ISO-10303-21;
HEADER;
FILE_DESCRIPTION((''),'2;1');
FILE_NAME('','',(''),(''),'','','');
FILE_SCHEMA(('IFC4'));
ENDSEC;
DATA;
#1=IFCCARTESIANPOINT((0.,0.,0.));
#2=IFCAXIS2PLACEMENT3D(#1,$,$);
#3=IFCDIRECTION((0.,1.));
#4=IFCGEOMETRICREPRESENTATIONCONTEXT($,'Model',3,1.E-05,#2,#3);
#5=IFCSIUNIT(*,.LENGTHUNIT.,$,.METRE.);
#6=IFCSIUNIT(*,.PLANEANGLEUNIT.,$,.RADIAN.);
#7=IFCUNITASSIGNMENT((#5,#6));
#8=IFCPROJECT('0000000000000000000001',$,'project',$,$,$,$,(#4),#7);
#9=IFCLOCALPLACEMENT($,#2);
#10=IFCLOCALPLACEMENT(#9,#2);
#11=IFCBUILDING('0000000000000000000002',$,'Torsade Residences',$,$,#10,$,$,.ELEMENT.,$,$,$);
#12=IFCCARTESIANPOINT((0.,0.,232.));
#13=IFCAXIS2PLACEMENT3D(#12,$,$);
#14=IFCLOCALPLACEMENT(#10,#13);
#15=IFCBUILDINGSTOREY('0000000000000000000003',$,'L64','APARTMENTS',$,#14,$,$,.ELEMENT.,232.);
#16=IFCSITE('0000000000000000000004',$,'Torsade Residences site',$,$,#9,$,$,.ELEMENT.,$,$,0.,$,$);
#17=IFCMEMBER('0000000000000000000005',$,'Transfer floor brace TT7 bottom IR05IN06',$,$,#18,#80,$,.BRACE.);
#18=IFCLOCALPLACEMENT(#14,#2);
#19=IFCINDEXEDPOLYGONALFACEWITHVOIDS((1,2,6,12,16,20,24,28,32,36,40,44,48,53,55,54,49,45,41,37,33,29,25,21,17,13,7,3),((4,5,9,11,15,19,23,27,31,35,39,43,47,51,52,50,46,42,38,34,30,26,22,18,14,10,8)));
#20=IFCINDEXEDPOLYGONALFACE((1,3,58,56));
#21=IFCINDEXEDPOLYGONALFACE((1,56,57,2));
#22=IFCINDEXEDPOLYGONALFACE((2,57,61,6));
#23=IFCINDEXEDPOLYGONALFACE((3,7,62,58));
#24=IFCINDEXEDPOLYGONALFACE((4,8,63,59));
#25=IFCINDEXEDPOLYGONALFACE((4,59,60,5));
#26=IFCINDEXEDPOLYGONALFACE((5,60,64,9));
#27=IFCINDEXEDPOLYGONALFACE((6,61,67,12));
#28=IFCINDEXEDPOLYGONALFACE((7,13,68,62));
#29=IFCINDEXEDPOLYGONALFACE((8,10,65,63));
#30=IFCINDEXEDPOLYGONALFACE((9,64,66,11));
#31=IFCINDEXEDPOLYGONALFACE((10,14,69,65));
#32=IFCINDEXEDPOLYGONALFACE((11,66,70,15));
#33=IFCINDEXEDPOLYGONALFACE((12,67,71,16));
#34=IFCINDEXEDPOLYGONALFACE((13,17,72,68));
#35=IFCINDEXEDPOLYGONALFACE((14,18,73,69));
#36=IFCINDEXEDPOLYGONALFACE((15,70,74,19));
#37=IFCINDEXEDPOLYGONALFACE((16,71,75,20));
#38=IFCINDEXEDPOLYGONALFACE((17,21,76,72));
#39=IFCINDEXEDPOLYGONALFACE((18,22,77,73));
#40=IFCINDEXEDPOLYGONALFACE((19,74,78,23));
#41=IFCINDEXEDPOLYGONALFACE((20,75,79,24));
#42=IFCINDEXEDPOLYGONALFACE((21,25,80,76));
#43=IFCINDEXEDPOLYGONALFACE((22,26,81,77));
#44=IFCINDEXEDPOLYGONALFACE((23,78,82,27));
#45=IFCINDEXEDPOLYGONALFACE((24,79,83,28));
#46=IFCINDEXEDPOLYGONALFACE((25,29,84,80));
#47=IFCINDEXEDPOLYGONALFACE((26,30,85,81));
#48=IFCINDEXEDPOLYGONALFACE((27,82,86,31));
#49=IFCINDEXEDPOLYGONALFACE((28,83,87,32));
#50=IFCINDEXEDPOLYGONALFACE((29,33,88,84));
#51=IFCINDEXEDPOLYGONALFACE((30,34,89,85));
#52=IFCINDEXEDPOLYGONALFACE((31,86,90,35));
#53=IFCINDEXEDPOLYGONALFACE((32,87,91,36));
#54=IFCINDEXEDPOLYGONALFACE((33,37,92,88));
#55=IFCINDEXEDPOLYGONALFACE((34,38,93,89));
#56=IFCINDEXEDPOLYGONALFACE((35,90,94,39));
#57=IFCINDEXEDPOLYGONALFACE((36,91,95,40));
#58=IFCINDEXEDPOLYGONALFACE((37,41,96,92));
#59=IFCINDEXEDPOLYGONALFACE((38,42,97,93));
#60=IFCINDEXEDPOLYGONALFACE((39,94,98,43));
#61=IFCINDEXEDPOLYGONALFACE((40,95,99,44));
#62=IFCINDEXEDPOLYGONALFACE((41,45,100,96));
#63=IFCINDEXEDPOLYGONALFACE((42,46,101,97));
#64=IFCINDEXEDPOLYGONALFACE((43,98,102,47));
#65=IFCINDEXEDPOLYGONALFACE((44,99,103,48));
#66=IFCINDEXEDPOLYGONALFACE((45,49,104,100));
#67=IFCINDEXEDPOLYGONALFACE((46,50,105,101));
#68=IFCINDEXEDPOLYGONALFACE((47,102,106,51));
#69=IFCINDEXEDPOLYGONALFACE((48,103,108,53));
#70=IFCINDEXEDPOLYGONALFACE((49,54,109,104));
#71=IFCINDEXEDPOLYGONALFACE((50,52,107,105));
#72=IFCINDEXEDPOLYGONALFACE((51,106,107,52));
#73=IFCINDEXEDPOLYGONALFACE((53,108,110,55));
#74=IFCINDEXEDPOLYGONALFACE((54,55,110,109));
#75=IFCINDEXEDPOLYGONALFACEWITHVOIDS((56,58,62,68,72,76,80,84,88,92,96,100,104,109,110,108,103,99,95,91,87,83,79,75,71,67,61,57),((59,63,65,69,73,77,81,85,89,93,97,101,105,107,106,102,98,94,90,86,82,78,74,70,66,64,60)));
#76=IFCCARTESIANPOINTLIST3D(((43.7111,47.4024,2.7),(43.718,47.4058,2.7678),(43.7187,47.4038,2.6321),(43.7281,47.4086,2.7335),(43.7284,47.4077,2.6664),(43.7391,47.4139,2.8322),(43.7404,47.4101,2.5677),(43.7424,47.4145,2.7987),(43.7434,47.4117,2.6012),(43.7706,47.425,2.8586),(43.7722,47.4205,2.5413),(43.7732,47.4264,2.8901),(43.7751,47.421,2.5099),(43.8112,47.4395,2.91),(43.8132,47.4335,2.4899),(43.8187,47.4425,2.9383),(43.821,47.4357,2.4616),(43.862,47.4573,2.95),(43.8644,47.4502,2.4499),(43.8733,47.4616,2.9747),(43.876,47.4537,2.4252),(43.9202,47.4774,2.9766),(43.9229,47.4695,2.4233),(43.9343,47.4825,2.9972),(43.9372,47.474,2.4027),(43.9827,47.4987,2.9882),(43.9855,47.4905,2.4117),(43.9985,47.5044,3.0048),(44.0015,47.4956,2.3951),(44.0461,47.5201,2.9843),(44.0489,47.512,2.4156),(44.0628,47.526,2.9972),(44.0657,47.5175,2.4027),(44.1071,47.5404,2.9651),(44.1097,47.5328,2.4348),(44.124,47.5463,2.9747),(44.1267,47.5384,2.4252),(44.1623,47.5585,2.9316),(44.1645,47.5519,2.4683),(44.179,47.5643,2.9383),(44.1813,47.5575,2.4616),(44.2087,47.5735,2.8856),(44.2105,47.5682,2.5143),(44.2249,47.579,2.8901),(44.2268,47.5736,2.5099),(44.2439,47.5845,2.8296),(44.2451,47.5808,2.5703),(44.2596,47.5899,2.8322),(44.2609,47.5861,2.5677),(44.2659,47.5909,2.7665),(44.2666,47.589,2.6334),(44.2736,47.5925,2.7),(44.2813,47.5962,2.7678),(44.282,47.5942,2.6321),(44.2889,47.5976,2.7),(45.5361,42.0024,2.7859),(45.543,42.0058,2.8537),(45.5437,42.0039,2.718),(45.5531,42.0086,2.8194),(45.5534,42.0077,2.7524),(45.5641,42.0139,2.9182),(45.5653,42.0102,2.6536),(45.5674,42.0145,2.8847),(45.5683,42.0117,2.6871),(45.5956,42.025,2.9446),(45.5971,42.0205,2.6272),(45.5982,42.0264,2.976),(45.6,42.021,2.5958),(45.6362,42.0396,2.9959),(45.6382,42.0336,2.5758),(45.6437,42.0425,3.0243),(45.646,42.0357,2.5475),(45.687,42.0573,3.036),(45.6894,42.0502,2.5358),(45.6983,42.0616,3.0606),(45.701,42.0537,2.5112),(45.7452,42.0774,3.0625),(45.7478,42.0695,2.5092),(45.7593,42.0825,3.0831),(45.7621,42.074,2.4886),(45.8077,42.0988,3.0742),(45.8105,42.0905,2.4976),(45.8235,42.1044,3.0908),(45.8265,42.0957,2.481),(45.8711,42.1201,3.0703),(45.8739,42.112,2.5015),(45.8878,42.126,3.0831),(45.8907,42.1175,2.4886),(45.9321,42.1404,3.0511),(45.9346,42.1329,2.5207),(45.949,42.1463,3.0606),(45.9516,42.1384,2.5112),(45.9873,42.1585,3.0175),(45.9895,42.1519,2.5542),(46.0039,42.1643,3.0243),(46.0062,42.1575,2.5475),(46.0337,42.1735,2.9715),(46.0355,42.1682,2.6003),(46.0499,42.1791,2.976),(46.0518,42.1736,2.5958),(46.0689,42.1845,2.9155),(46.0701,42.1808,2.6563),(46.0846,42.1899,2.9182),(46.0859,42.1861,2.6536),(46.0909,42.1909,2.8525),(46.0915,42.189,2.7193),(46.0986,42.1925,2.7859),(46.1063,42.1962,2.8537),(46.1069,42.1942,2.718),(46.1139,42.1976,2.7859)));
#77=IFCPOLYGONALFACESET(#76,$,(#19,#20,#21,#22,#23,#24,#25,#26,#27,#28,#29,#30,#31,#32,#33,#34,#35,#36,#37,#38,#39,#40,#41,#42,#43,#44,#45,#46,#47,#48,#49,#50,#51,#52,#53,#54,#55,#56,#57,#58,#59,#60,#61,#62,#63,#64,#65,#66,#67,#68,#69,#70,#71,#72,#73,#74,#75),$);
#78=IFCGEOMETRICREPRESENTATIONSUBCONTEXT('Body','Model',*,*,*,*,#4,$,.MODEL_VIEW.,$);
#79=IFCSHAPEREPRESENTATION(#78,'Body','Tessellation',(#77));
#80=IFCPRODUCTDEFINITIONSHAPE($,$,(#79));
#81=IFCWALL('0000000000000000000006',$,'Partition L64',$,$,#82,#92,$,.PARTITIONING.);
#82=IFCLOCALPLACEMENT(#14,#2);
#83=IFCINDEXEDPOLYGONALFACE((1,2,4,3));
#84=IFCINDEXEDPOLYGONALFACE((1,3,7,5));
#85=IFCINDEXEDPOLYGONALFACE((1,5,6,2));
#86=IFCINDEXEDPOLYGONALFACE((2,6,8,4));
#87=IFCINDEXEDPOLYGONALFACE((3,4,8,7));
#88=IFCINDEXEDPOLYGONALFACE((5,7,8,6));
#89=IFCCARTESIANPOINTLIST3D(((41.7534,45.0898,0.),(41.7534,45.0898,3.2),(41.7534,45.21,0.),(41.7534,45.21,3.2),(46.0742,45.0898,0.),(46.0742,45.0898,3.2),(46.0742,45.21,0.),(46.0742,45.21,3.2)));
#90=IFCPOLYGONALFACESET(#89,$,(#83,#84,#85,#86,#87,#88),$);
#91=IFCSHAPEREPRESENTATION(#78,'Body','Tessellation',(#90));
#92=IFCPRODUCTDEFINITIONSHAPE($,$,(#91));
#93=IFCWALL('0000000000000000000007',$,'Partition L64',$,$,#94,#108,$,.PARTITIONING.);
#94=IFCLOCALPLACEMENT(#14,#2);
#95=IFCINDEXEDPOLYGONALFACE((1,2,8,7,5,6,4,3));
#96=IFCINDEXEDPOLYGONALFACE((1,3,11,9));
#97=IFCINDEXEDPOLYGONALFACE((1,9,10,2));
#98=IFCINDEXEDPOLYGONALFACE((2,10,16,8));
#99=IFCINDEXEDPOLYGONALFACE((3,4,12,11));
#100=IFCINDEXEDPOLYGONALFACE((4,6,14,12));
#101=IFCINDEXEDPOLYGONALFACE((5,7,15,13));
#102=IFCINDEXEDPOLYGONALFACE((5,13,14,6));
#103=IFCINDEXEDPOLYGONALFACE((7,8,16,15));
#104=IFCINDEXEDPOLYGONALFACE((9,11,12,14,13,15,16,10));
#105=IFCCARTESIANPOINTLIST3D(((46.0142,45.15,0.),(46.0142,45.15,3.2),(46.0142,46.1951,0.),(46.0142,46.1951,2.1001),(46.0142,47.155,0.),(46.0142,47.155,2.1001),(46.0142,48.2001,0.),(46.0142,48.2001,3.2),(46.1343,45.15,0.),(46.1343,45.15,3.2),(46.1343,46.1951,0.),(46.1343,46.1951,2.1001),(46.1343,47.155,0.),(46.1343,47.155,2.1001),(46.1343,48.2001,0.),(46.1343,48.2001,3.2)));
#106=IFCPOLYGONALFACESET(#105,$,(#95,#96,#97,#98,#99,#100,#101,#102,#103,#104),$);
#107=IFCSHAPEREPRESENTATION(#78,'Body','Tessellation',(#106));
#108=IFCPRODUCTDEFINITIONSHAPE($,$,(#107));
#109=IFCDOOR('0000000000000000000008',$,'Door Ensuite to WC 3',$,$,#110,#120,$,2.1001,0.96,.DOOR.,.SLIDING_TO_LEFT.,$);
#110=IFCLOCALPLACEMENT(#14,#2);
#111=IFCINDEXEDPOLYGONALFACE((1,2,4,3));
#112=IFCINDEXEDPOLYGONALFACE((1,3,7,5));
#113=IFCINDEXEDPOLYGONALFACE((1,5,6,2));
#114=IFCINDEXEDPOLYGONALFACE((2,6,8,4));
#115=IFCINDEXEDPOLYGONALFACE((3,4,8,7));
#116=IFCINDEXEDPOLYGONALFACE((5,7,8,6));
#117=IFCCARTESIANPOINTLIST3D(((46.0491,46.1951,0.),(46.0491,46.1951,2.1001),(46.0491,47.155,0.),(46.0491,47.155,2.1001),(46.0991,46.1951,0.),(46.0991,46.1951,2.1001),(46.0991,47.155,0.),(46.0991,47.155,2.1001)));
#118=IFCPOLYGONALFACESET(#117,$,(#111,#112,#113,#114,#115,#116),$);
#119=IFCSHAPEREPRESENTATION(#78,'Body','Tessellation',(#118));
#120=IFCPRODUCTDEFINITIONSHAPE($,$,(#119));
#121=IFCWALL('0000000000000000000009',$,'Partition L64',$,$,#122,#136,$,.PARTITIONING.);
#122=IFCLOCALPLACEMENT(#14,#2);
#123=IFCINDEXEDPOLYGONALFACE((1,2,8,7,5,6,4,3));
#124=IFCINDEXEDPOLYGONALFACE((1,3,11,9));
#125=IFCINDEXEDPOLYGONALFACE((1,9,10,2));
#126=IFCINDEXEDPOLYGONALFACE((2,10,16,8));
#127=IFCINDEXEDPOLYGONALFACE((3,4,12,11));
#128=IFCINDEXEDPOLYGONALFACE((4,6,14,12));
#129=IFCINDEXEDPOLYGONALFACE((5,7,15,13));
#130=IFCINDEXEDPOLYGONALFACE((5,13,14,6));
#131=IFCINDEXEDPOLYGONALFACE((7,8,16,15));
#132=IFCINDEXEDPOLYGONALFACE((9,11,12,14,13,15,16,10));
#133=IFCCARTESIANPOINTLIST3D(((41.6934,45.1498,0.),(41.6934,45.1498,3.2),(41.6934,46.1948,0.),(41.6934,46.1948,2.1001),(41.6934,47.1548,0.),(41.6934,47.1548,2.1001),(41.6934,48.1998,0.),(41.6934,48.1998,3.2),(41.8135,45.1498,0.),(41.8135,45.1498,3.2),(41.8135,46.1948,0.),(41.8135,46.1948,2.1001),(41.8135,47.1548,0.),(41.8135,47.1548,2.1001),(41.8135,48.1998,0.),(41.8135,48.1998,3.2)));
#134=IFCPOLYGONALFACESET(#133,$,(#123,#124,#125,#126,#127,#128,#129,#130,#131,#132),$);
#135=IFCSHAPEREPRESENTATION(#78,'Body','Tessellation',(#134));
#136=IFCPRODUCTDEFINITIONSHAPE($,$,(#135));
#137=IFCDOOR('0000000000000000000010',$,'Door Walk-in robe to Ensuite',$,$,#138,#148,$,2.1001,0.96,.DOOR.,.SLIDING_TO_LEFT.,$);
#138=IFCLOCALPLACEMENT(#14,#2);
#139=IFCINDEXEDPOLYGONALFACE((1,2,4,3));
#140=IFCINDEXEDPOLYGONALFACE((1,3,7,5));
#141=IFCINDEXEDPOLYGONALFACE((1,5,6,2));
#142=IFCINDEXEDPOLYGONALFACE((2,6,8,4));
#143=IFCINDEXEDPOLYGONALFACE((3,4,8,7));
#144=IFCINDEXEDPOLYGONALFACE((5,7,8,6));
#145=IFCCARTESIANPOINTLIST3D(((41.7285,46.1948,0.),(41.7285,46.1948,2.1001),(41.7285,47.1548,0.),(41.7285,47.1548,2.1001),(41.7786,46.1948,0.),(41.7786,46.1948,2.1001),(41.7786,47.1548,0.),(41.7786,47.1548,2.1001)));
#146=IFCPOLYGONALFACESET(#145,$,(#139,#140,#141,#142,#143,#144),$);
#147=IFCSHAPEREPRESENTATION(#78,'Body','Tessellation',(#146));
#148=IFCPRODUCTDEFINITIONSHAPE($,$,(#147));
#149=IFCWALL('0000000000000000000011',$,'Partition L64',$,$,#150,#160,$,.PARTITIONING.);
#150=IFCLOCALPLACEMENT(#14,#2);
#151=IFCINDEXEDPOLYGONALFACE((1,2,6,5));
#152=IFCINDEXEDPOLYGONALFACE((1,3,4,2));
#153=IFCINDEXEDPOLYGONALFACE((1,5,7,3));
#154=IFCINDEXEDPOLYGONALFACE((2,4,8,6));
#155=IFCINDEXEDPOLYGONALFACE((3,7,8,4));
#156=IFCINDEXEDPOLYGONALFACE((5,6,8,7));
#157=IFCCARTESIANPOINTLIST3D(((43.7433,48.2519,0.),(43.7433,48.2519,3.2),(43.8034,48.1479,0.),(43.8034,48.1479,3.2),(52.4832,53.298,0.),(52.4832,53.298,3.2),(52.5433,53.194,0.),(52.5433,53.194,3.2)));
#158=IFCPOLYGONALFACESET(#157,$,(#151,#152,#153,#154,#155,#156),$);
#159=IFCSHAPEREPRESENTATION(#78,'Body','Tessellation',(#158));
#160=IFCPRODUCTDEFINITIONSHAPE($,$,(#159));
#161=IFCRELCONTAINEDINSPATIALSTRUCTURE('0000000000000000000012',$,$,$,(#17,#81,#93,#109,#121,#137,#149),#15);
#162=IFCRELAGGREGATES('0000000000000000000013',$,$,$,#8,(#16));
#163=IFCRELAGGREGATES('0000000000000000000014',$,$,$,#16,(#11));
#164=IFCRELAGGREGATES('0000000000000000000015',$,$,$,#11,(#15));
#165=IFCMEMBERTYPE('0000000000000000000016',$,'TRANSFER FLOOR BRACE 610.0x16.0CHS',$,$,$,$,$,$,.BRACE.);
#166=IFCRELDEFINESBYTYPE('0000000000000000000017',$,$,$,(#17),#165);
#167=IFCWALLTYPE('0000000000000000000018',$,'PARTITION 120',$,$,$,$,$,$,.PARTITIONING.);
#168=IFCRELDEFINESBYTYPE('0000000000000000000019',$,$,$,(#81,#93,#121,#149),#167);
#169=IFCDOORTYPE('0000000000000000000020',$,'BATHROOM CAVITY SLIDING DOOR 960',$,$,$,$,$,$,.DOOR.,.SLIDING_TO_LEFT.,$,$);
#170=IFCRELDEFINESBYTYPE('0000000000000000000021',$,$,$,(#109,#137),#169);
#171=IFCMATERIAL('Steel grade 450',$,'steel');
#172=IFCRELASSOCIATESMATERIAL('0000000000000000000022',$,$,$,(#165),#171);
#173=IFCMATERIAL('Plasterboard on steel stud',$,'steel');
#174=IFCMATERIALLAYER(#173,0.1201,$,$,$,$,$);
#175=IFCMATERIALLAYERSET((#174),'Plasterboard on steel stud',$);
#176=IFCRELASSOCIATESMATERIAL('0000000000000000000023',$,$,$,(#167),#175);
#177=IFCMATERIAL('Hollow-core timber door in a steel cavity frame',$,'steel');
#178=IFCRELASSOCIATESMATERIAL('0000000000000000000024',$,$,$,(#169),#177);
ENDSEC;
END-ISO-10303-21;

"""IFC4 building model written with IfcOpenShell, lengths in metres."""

from ifc_helpers import new_model, si_unit, direction, frame, frame_2d, origin, origin_2d, place, context, subcontext, project, spatial, rectangle, hollow_circle, extrude, material, layer, layer_set, material_profile, profile_set, type_object, element, fill, save


model = new_model("IFC4")

# Units and contexts
model_context = context("Model", 3, precision=1e-05, world=origin(), true_north=direction((0.0, 1.0)))
body_context = subcontext(model_context, "Body", "Model", "MODEL_VIEW")
ifc_project = project(units=[si_unit("LENGTHUNIT", "METRE"), si_unit("PLANEANGLEUNIT", "RADIAN")], contexts=[model_context])

# Site, building, storey
site_placement = place(None, origin())
site = spatial("IfcSite", under=ifc_project, at=site_placement, Name="Torsade Residences site", CompositionType="ELEMENT", RefElevation=0.0)
building_placement = place(site_placement, origin())
building = spatial("IfcBuilding", under=site, at=building_placement, Name="Torsade Residences", CompositionType="ELEMENT")
storey_placement = place(building_placement, frame((0.0, 0.0, 232.0)))
storey = spatial("IfcBuildingStorey", under=building, at=storey_placement, Name="L64", Description="APARTMENTS", CompositionType="ELEMENT", Elevation=232.0)

# Member
ifc_material_1 = material(Name="Steel grade 450", Category="steel")
ifc_material_profile_1 = material_profile(ifc_material_1, hollow_circle(Radius=0.3049, WallThickness=0.0161, at=origin_2d()), Name="610.0x16.0CHS")
ifc_profile_set_1 = profile_set([ifc_material_profile_1], Name="Steel grade 450")
member_type = type_object("IfcMemberType", Name="TRANSFER FLOOR BRACE 610.0x16.0CHS", PredefinedType="BRACE", material=ifc_profile_set_1)
member_1_placement = place(storey_placement, frame((44.0, 47.5, 2.7), z_axis=(0.320133, -0.947252, 0.015075), x_axis=(0.94736, 0.32017, 0.0)))
element("IfcMember", 1, at=member_1_placement, inside=storey, type_object=member_type, Name="Transfer floor brace TT7 bottom IR05IN06", PredefinedType="BRACE", context=body_context, shape_type="SweptSolid", body=[
    extrude(hollow_circle(Radius=0.3049, WallThickness=0.0161, at=origin_2d()), origin(), (0.0, 0.0, 1.0), 5.7007),
])

# Wall
ifc_material_2 = material(Name="Plasterboard on steel stud", Category="steel")
ifc_layer_1 = layer(ifc_material_2, 0.1201)
ifc_layer_set_1 = layer_set([ifc_layer_1], Name="Plasterboard on steel stud")
wall_type_1 = type_object("IfcWallType", Name="PARTITION 120", PredefinedType="PARTITIONING", material=ifc_layer_set_1)
wall_1_placement = place(storey_placement, frame((46.0742, 45.1499, 0.0), z_axis=(0.0, 0.0, 1.0), x_axis=(-1.0, 0.0, 0.0)))
element("IfcWall", 2, at=wall_1_placement, inside=storey, type_object=wall_type_1, Name="Partition L64", PredefinedType="PARTITIONING", context=body_context, shape_type="SweptSolid", body=[
    extrude(rectangle(XDim=4.3208, YDim=0.1201, at=frame_2d((2.1604, 0.0))), origin(), (0.0, 0.0, 1.0), 3.2),
])

# Walls, openings, doors
wall_2_placement = place(storey_placement, frame((46.0742, 48.2, 0.0), z_axis=(0.0, 0.0, 1.0), x_axis=(0.0, -1.0, 0.0)))
wall_2 = element("IfcWall", 3, at=wall_2_placement, inside=storey, type_object=wall_type_1, Name="Partition L64", PredefinedType="PARTITIONING", context=body_context, shape_type="SweptSolid", body=[
    extrude(rectangle(XDim=3.05, YDim=0.1201, at=frame_2d((1.5249, 0.0))), origin(), (0.0, 0.0, 1.0), 3.2),
])
opening_1_placement = place(wall_2_placement, frame((1.0449, 0.0, 0.0)))
opening_1 = element("IfcOpeningElement", 4, at=opening_1_placement, cuts=wall_2, PredefinedType="OPENING", context=body_context, shape_type="SweptSolid", body=[
    extrude(rectangle(XDim=0.96, YDim=2.1001, at=frame_2d((0.48, 1.05))), frame((0.0, 0.0701, 0.0), z_axis=(0.0, -1.0, 0.0), x_axis=(1.0, 0.0, 0.0)), (0.0, 0.0, 1.0), 0.1401),
])
ifc_material_3 = material(Name="Hollow-core timber door in a steel cavity frame", Category="steel")
door_type_1 = type_object("IfcDoorType", Name="BATHROOM CAVITY SLIDING DOOR 960", OperationType="SLIDING_TO_LEFT", PredefinedType="DOOR", material=ifc_material_3)
door_1_placement = place(opening_1_placement, origin())
door_1 = element("IfcDoor", 5, at=door_1_placement, inside=storey, type_object=door_type_1, Name="Door Ensuite to WC 3", OperationType="SLIDING_TO_LEFT", OverallHeight=2.1001, OverallWidth=0.96, PredefinedType="DOOR", context=body_context, shape_type="SweptSolid", body=[
    extrude(rectangle(XDim=0.96, YDim=2.1001, at=frame_2d((0.48, 1.05))), frame((0.0, 0.0249, 0.0), z_axis=(0.0, -1.0, 0.0), x_axis=(1.0, 0.0, 0.0)), (0.0, 0.0, 1.0), 0.05),
])
fill(opening_1, door_1)
wall_3_placement = place(storey_placement, frame((41.7534, 45.1499, 0.0), z_axis=(0.0, 0.0, 1.0), x_axis=(0.0, 1.0, 0.0)))
wall_3 = element("IfcWall", 6, at=wall_3_placement, inside=storey, type_object=wall_type_1, Name="Partition L64", PredefinedType="PARTITIONING", context=body_context, shape_type="SweptSolid", body=[
    extrude(rectangle(XDim=3.05, YDim=0.1201, at=frame_2d((1.5249, 0.0))), origin(), (0.0, 0.0, 1.0), 3.2),
])
opening_2_placement = place(wall_3_placement, frame((1.0449, 0.0, 0.0)))
opening_2 = element("IfcOpeningElement", 7, at=opening_2_placement, cuts=wall_3, PredefinedType="OPENING", context=body_context, shape_type="SweptSolid", body=[
    extrude(rectangle(XDim=0.96, YDim=2.1001, at=frame_2d((0.48, 1.05))), frame((0.0, 0.0701, 0.0), z_axis=(0.0, -1.0, 0.0), x_axis=(1.0, 0.0, 0.0)), (0.0, 0.0, 1.0), 0.1401),
])
door_2_placement = place(opening_2_placement, origin())
door_2 = element("IfcDoor", 8, at=door_2_placement, inside=storey, type_object=door_type_1, Name="Door Walk-in robe to Ensuite", OperationType="SLIDING_TO_LEFT", OverallHeight=2.1001, OverallWidth=0.96, PredefinedType="DOOR", context=body_context, shape_type="SweptSolid", body=[
    extrude(rectangle(XDim=0.96, YDim=2.1001, at=frame_2d((0.48, 1.05))), frame((0.0, 0.0249, 0.0), z_axis=(0.0, -1.0, 0.0), x_axis=(1.0, 0.0, 0.0)), (0.0, 0.0, 1.0), 0.05),
])
fill(opening_2, door_2)

# Wall
wall_4_placement = place(storey_placement, frame((43.7734, 48.2, 0.0), z_axis=(0.0, 0.0, 1.0), x_axis=(0.866021, 0.500008, 0.0)))
element("IfcWall", 9, at=wall_4_placement, inside=storey, type_object=wall_type_1, Name="Partition L64", PredefinedType="PARTITIONING", context=body_context, shape_type="SweptSolid", body=[
    extrude(rectangle(XDim=10.092, YDim=0.1201, at=frame_2d((5.0459, 0.0))), origin(), (0.0, 0.0, 1.0), 3.2),
])

save(model, "model.ifc")
